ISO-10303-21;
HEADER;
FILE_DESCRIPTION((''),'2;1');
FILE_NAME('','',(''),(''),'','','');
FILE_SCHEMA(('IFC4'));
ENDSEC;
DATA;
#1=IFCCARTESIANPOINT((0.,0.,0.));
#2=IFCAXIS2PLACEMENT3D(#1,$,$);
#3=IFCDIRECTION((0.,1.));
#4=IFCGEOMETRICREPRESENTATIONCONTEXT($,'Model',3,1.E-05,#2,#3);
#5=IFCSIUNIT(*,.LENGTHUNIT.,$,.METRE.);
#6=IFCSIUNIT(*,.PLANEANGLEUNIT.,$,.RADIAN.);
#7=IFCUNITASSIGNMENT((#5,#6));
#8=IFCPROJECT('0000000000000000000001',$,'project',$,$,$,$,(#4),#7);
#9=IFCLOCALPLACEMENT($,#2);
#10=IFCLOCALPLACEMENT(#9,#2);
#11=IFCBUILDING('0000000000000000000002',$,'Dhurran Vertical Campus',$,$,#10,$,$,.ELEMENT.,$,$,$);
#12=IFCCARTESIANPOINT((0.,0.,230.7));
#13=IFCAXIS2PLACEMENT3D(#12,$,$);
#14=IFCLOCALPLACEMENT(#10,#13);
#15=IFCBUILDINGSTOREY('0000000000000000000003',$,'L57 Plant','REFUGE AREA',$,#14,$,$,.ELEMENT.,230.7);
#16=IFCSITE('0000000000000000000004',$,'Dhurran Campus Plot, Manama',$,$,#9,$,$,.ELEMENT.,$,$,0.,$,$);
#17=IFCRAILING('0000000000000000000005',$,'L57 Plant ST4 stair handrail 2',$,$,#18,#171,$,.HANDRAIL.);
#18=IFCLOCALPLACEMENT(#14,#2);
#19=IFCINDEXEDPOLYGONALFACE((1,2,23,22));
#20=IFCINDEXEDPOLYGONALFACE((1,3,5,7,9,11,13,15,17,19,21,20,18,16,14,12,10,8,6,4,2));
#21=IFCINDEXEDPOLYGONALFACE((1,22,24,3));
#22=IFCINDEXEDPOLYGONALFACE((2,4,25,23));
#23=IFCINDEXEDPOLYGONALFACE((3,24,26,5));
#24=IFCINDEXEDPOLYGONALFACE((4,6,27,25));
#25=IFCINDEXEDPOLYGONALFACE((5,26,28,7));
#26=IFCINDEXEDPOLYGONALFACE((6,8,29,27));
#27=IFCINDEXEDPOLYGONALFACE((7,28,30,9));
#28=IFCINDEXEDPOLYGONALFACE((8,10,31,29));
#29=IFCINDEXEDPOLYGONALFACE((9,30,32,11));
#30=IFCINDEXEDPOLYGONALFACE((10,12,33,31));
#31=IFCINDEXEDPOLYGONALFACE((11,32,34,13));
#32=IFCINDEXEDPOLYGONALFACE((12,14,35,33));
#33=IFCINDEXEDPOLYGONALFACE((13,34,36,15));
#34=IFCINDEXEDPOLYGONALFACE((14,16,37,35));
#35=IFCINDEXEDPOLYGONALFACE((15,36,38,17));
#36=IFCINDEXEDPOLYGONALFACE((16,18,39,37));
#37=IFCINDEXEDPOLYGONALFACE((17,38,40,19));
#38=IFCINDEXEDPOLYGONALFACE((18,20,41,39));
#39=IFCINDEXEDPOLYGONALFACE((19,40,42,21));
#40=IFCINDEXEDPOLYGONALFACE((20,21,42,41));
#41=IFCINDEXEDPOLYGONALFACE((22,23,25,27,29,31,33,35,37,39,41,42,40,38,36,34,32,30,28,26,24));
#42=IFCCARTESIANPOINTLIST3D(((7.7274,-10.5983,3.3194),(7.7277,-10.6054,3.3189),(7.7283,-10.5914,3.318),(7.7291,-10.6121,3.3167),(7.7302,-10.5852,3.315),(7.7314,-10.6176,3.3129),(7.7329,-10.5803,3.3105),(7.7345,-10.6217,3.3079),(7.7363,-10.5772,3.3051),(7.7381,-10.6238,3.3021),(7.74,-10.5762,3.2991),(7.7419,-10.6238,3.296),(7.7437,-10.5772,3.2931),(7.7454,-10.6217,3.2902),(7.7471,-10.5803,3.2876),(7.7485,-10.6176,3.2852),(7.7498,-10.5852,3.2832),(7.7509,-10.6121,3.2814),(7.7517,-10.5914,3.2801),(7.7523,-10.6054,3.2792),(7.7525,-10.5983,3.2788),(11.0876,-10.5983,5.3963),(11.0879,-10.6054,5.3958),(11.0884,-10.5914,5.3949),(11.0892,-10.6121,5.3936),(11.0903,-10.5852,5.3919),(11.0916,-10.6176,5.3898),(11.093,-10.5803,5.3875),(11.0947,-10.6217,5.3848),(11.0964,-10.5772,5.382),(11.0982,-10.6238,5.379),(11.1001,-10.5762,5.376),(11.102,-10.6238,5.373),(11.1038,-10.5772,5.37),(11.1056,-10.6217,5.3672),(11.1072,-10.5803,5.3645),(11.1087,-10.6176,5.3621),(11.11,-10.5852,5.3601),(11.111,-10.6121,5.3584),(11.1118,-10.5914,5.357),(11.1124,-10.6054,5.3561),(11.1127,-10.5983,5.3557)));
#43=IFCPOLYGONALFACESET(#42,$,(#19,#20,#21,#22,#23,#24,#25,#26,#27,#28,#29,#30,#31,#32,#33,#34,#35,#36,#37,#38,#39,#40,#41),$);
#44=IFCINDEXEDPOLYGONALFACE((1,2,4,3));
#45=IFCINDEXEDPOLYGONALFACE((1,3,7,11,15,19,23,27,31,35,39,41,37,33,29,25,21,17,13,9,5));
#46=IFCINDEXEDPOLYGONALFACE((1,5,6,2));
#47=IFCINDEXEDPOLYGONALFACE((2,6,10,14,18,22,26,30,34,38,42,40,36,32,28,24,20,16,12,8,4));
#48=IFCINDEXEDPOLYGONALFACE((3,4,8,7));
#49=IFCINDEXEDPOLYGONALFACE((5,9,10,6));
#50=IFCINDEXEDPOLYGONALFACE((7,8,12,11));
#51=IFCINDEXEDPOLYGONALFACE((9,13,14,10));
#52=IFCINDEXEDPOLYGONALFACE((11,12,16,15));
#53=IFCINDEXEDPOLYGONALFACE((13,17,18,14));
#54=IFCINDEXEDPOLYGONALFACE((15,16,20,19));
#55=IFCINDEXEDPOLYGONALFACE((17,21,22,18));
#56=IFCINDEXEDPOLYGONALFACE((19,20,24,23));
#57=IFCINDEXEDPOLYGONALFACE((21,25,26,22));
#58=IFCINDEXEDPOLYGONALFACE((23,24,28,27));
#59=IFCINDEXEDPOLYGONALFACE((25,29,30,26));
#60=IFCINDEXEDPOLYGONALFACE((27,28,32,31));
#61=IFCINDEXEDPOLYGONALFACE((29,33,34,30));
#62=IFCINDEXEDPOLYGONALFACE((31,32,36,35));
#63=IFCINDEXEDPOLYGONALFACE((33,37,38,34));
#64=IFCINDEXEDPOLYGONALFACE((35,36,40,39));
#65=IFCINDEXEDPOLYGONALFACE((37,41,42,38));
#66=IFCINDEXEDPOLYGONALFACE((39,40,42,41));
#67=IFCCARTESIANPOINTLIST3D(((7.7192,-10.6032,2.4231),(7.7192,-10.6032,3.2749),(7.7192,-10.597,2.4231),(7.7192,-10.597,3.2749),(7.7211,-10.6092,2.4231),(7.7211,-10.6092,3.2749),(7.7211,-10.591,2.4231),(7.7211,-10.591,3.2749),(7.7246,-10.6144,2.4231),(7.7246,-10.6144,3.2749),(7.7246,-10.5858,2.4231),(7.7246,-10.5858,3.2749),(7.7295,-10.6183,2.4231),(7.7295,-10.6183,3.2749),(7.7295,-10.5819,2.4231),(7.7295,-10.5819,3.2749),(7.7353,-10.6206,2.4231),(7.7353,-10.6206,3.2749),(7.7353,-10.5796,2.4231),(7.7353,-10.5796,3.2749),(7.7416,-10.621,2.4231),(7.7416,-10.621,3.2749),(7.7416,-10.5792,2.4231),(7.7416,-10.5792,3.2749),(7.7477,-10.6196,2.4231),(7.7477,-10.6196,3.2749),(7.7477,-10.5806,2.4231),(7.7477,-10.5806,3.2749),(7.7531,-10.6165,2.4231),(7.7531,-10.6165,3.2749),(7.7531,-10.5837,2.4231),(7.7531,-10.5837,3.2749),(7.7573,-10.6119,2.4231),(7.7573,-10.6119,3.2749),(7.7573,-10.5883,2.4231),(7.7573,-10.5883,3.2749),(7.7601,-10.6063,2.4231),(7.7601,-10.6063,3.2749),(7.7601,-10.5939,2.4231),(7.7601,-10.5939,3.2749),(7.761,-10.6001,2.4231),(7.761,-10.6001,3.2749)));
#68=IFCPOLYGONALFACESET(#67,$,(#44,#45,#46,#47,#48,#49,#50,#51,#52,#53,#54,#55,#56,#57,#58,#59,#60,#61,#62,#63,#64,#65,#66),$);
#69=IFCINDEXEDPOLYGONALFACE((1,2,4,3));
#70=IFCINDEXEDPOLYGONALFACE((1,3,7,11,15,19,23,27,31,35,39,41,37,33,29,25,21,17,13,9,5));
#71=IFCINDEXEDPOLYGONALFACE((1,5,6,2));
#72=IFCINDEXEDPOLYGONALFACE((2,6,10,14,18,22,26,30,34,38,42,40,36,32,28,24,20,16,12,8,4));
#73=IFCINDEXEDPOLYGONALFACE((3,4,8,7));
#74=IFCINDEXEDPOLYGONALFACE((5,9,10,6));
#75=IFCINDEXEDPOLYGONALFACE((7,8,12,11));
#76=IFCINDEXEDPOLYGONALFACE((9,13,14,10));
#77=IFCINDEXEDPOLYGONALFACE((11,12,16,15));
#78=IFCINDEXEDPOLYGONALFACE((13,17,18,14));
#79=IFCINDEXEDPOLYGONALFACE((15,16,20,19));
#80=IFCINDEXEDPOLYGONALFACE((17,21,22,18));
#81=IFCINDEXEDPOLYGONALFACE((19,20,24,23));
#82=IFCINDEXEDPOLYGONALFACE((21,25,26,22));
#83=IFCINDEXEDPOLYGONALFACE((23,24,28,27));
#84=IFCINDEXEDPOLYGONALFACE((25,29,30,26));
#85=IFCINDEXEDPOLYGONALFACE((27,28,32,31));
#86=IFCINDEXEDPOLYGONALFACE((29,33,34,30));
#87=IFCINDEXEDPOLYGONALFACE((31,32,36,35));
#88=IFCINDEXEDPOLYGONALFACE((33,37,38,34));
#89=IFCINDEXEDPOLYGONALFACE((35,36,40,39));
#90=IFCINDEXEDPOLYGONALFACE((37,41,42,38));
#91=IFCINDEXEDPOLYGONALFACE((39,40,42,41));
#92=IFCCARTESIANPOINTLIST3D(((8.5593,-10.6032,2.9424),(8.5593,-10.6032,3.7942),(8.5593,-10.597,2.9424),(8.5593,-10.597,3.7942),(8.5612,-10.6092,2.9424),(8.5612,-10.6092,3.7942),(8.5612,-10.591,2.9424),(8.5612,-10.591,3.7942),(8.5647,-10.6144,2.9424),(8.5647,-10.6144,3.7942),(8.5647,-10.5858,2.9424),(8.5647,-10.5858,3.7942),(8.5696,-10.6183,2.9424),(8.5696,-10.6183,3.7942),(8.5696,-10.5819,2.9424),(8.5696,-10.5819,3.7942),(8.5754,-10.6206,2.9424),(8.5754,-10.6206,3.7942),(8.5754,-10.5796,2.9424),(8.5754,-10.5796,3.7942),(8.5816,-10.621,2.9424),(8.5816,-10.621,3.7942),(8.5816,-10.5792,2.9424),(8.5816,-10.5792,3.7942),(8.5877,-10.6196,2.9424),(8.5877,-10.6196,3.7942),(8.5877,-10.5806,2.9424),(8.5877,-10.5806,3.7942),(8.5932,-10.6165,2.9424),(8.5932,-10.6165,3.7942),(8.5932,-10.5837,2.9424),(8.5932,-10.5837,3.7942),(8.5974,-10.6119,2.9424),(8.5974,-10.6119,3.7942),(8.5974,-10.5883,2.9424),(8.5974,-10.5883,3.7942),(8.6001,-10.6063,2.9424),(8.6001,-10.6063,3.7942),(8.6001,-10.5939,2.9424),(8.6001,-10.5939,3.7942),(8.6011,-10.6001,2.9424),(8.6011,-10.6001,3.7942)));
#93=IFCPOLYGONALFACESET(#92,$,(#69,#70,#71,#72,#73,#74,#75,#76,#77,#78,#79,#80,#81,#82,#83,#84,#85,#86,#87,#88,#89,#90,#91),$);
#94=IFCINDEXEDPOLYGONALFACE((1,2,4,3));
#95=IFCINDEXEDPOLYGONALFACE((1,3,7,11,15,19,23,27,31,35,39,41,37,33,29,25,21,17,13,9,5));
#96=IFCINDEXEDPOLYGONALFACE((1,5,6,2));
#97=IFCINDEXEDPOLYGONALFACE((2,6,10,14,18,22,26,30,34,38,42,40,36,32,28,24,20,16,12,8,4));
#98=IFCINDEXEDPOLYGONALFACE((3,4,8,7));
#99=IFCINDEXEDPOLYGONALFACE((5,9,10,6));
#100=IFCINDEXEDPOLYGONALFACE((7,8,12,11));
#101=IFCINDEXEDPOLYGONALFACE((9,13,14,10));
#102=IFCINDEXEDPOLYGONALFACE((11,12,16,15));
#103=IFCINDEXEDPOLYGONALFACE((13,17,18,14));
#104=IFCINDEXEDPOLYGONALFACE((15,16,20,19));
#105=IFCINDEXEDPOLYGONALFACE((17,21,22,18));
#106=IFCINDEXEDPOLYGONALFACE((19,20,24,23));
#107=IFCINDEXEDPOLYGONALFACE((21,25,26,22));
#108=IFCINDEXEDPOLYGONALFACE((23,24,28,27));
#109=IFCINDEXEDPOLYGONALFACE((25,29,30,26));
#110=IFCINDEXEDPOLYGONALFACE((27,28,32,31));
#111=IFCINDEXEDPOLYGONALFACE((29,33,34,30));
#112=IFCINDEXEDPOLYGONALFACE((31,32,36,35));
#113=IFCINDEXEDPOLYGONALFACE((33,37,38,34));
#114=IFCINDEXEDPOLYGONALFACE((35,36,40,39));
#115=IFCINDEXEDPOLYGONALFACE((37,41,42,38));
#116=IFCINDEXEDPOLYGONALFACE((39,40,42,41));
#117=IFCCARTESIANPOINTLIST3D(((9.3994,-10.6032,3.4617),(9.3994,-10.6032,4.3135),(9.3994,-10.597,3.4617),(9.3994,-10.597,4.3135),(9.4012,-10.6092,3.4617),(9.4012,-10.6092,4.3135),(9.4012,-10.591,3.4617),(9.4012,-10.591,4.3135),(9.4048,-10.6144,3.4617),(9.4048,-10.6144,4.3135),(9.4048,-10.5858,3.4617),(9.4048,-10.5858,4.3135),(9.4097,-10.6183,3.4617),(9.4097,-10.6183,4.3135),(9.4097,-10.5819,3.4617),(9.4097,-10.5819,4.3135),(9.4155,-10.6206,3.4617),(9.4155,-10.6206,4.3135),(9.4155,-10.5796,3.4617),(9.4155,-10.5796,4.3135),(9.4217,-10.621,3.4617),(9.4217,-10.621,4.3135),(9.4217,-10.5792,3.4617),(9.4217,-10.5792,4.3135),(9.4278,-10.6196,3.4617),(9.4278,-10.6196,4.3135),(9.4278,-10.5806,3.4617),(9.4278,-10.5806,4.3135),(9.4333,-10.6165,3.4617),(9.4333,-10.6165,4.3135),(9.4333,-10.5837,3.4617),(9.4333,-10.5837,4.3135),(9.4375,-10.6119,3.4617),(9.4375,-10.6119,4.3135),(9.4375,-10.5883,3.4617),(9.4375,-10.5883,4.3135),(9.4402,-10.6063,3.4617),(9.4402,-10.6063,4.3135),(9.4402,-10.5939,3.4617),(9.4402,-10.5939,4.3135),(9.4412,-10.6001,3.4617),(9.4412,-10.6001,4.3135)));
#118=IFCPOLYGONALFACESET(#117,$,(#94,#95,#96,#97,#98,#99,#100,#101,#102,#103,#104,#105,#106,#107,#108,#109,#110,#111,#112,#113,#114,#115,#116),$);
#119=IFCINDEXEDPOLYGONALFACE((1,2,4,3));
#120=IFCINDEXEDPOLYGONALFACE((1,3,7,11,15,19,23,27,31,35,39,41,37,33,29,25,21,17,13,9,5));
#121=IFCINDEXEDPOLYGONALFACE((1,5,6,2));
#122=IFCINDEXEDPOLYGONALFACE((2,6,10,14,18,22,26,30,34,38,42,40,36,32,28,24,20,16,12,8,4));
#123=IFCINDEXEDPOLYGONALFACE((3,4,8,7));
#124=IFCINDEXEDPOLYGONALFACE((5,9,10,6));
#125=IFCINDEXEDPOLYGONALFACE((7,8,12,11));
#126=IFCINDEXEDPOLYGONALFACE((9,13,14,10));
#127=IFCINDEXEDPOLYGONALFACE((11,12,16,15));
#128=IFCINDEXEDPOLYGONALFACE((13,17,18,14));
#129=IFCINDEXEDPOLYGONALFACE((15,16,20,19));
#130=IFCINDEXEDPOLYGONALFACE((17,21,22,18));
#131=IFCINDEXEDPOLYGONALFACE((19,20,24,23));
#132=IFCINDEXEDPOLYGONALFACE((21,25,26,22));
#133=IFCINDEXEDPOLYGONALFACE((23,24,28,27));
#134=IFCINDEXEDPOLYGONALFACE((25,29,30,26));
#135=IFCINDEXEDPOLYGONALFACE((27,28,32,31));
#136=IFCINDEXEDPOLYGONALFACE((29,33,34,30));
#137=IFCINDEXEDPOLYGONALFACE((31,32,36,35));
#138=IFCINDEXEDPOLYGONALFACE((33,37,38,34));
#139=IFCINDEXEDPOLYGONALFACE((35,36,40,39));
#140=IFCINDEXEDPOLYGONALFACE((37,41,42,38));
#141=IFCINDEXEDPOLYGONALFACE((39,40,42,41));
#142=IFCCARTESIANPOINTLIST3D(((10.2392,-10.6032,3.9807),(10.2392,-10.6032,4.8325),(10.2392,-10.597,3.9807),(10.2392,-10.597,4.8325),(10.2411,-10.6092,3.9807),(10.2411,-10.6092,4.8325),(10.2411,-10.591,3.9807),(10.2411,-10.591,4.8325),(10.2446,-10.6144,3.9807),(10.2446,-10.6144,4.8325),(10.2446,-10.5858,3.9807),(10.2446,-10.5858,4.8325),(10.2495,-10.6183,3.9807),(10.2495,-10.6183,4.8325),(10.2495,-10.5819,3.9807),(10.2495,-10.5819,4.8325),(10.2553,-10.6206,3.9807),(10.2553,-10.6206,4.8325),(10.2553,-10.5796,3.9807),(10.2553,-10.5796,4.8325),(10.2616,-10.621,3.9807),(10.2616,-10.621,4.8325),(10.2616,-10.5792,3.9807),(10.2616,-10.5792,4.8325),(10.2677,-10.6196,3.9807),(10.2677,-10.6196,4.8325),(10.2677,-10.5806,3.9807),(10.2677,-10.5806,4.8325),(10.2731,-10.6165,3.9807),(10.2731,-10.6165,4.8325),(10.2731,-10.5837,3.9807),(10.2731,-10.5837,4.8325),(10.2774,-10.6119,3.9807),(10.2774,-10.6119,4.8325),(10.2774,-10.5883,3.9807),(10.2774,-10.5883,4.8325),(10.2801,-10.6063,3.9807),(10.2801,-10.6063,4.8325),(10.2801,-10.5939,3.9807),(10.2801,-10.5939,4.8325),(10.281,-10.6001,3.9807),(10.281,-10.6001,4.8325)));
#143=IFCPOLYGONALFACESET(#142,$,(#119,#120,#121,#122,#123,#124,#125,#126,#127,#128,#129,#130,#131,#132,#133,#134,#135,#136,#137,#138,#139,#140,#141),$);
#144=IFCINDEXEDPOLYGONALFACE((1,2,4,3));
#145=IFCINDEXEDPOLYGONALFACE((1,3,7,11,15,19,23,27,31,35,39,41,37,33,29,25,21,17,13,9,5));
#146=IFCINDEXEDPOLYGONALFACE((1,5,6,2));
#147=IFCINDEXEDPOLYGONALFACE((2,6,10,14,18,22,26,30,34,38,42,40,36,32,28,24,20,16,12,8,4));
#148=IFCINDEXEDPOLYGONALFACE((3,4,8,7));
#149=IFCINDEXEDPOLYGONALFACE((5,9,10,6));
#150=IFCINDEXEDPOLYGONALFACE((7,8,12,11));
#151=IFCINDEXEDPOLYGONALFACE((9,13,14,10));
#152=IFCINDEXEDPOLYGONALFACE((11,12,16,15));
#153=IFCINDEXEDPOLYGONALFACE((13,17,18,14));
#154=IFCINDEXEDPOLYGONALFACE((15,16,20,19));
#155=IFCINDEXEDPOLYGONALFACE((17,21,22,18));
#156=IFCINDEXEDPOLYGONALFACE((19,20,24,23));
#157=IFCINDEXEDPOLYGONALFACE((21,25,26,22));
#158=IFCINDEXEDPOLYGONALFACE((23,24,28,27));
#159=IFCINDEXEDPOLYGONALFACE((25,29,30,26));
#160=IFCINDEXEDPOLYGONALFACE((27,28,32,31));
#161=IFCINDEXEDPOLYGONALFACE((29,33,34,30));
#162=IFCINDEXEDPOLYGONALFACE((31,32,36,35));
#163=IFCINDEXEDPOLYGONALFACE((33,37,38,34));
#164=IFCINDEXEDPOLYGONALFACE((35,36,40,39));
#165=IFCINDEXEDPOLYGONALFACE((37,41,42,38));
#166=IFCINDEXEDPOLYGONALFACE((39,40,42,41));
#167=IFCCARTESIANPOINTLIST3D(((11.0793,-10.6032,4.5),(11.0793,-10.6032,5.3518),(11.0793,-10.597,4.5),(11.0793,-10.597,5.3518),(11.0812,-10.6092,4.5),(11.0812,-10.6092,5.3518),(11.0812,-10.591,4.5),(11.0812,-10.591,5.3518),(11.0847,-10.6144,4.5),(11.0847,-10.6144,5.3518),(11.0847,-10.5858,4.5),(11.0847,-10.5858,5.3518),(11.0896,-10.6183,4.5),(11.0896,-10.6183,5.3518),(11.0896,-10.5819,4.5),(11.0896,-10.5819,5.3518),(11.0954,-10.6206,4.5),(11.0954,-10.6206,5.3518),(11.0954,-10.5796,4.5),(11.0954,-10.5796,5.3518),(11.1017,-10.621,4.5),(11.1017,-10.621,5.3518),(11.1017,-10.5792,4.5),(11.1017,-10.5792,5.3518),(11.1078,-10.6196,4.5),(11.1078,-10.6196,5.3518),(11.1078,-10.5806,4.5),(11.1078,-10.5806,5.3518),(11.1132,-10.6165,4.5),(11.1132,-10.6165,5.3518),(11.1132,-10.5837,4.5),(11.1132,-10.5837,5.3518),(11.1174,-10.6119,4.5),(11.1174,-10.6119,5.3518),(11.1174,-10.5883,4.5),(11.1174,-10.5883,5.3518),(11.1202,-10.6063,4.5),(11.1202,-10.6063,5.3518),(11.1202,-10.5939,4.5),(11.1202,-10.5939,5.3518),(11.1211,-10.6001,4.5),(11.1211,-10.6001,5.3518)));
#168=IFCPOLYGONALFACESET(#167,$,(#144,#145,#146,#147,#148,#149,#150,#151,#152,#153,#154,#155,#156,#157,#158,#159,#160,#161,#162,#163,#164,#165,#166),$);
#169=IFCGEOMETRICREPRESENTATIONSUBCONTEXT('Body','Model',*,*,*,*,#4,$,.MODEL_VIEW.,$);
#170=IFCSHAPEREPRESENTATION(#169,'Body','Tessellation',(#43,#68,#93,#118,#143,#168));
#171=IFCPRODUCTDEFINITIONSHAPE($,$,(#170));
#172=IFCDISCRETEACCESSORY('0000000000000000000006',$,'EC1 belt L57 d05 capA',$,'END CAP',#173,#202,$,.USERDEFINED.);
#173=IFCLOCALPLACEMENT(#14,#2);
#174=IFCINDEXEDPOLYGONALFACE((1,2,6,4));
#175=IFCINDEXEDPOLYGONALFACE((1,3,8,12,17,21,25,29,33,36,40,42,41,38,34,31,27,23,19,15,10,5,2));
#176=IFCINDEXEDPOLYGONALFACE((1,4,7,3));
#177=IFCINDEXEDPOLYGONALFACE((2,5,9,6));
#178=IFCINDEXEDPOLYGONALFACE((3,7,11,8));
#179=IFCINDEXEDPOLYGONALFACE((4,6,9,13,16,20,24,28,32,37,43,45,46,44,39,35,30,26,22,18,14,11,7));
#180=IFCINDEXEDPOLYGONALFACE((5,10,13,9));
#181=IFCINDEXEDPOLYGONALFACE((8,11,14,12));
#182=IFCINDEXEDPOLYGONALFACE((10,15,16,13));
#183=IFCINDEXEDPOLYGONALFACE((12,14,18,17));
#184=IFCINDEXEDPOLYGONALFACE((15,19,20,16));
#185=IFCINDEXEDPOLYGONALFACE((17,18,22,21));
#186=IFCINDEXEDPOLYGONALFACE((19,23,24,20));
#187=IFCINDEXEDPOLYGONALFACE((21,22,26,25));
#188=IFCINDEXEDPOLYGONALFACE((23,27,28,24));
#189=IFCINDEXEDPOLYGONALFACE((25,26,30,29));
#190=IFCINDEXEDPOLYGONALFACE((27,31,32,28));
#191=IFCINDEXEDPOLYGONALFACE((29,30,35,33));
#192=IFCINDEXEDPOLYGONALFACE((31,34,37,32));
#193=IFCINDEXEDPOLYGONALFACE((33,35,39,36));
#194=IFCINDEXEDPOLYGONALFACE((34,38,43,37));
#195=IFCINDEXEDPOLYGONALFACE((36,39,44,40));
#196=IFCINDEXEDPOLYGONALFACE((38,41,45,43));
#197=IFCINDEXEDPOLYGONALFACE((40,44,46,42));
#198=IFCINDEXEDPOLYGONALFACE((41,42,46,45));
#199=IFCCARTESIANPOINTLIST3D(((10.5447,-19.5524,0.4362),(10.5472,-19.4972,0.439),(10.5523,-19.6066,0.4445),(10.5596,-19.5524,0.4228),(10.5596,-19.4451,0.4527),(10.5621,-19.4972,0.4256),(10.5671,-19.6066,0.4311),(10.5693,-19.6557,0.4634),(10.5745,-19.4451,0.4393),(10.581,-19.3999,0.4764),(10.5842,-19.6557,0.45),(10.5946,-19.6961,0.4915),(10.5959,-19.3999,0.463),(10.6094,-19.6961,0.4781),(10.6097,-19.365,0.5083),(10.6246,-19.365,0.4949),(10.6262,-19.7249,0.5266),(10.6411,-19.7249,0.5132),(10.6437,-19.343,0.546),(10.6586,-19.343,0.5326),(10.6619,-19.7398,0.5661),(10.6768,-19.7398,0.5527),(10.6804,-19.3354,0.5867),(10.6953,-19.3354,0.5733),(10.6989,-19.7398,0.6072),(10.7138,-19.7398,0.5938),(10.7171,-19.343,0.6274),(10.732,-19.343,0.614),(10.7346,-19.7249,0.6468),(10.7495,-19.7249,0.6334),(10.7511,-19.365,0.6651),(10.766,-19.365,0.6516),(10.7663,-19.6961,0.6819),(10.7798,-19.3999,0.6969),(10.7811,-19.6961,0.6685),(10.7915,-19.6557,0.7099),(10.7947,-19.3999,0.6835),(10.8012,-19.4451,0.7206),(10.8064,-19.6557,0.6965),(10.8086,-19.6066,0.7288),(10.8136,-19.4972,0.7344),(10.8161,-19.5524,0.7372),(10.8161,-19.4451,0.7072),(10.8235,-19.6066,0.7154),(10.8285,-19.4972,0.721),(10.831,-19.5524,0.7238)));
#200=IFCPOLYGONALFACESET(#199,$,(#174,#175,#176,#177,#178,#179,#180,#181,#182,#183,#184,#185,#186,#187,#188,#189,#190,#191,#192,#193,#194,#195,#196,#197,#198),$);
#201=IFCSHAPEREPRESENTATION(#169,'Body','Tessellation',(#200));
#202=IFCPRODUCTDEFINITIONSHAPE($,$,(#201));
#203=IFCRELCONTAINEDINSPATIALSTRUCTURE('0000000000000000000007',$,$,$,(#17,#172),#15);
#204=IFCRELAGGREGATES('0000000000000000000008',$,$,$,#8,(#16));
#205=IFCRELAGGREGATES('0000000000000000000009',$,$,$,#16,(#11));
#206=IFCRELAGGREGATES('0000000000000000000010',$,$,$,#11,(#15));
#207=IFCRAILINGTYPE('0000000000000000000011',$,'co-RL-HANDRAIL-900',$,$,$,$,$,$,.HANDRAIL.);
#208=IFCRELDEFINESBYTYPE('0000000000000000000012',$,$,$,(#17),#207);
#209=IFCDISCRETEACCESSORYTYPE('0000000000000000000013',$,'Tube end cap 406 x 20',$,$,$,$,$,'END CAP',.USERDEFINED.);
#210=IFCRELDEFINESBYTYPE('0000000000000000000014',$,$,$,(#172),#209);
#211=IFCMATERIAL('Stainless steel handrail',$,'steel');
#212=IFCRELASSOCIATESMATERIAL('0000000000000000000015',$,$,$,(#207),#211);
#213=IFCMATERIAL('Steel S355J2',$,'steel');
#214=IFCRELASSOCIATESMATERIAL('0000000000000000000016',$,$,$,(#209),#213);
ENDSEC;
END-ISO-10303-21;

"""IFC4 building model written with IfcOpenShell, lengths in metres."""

from ifc_helpers import new_model, si_unit, direction, frame, origin, origin_2d, place, context, subcontext, project, spatial, circle, extrude, material, material_profile, profile_set, type_object, element, save


model = new_model("IFC4")

# Units and contexts
model_context = context("Model", 3, precision=1e-05, world=origin(), true_north=direction((0.0, 1.0)))
body_context = subcontext(model_context, "Body", "Model", "MODEL_VIEW")
ifc_project = project(units=[si_unit("LENGTHUNIT", "METRE"), si_unit("PLANEANGLEUNIT", "RADIAN")], contexts=[model_context])

# Site, building, storey
site_placement = place(None, origin())
site = spatial("IfcSite", under=ifc_project, at=site_placement, Name="Dhurran Campus Plot, Manama", CompositionType="ELEMENT", RefElevation=0.0)
building_placement = place(site_placement, origin())
building = spatial("IfcBuilding", under=site, at=building_placement, Name="Dhurran Vertical Campus", CompositionType="ELEMENT")
storey_placement = place(building_placement, frame((0.0, 0.0, 230.7)))
storey = spatial("IfcBuildingStorey", under=building, at=storey_placement, Name="L57 Plant", Description="REFUGE AREA", CompositionType="ELEMENT", Elevation=230.7)

# Railing
ifc_material_1 = material(Name="Stainless steel handrail", Category="steel")
railing_type = type_object("IfcRailingType", Name="co-RL-HANDRAIL-900", PredefinedType="HANDRAIL", material=ifc_material_1)
railing_placement = place(storey_placement, frame((7.74, -10.6001, 2.4231)))
element("IfcRailing", 1, at=railing_placement, inside=storey, type_object=railing_type, Name="L57 Plant ST4 stair handrail 2", PredefinedType="HANDRAIL", context=body_context, shape_type="SweptSolid", body=[
    extrude(circle(Radius=0.0239, at=origin_2d()), frame((0.0, 0.0, 0.876), z_axis=(0.850623, 0.0, 0.525776), x_axis=(0.0, 1.0, 0.0)), (0.0, 0.0, 1.0), 3.9502),
    extrude(circle(Radius=0.021, at=origin_2d()), origin(), (0.0, 0.0, 1.0), 0.8518),
    extrude(circle(Radius=0.021, at=origin_2d()), frame((0.8401, 0.0, 0.5193)), (0.0, 0.0, 1.0), 0.8518),
    extrude(circle(Radius=0.021, at=origin_2d()), frame((1.6802, 0.0, 1.0386)), (0.0, 0.0, 1.0), 0.8518),
    extrude(circle(Radius=0.021, at=origin_2d()), frame((2.52, 0.0, 1.5576)), (0.0, 0.0, 1.0), 0.8518),
    extrude(circle(Radius=0.021, at=origin_2d()), frame((3.3601, 0.0, 2.0769)), (0.0, 0.0, 1.0), 0.8518),
])

# Discrete accessory
ifc_material_2 = material(Name="Steel S355J2", Category="steel")
ifc_material_profile_1 = material_profile(ifc_material_2, circle(Radius=0.2031, at=origin_2d()), Name="Tube end cap 406 x 20")
ifc_profile_set_1 = profile_set([ifc_material_profile_1], Name="Steel S355J2")
discrete_accessory_type = type_object("IfcDiscreteAccessoryType", Name="Tube end cap 406 x 20", ElementType="END CAP", PredefinedType="USERDEFINED", material=ifc_profile_set_1)
discrete_accessory_1_placement = place(storey_placement, frame((10.6804, -19.5386, 0.5867), z_axis=(0.742688, 0.0, -0.669637), x_axis=(0.0, 1.0, 0.0)))
element("IfcDiscreteAccessory", 2, at=discrete_accessory_1_placement, inside=storey, type_object=discrete_accessory_type, Name="EC1 belt L57 d05 capA", ObjectType="END CAP", PredefinedType="USERDEFINED", context=body_context, shape_type="SweptSolid", body=[
    extrude(circle(Radius=0.2031, at=origin_2d()), origin(), (0.0, 0.0, 1.0), 0.02),
])

save(model, "model.ifc")
